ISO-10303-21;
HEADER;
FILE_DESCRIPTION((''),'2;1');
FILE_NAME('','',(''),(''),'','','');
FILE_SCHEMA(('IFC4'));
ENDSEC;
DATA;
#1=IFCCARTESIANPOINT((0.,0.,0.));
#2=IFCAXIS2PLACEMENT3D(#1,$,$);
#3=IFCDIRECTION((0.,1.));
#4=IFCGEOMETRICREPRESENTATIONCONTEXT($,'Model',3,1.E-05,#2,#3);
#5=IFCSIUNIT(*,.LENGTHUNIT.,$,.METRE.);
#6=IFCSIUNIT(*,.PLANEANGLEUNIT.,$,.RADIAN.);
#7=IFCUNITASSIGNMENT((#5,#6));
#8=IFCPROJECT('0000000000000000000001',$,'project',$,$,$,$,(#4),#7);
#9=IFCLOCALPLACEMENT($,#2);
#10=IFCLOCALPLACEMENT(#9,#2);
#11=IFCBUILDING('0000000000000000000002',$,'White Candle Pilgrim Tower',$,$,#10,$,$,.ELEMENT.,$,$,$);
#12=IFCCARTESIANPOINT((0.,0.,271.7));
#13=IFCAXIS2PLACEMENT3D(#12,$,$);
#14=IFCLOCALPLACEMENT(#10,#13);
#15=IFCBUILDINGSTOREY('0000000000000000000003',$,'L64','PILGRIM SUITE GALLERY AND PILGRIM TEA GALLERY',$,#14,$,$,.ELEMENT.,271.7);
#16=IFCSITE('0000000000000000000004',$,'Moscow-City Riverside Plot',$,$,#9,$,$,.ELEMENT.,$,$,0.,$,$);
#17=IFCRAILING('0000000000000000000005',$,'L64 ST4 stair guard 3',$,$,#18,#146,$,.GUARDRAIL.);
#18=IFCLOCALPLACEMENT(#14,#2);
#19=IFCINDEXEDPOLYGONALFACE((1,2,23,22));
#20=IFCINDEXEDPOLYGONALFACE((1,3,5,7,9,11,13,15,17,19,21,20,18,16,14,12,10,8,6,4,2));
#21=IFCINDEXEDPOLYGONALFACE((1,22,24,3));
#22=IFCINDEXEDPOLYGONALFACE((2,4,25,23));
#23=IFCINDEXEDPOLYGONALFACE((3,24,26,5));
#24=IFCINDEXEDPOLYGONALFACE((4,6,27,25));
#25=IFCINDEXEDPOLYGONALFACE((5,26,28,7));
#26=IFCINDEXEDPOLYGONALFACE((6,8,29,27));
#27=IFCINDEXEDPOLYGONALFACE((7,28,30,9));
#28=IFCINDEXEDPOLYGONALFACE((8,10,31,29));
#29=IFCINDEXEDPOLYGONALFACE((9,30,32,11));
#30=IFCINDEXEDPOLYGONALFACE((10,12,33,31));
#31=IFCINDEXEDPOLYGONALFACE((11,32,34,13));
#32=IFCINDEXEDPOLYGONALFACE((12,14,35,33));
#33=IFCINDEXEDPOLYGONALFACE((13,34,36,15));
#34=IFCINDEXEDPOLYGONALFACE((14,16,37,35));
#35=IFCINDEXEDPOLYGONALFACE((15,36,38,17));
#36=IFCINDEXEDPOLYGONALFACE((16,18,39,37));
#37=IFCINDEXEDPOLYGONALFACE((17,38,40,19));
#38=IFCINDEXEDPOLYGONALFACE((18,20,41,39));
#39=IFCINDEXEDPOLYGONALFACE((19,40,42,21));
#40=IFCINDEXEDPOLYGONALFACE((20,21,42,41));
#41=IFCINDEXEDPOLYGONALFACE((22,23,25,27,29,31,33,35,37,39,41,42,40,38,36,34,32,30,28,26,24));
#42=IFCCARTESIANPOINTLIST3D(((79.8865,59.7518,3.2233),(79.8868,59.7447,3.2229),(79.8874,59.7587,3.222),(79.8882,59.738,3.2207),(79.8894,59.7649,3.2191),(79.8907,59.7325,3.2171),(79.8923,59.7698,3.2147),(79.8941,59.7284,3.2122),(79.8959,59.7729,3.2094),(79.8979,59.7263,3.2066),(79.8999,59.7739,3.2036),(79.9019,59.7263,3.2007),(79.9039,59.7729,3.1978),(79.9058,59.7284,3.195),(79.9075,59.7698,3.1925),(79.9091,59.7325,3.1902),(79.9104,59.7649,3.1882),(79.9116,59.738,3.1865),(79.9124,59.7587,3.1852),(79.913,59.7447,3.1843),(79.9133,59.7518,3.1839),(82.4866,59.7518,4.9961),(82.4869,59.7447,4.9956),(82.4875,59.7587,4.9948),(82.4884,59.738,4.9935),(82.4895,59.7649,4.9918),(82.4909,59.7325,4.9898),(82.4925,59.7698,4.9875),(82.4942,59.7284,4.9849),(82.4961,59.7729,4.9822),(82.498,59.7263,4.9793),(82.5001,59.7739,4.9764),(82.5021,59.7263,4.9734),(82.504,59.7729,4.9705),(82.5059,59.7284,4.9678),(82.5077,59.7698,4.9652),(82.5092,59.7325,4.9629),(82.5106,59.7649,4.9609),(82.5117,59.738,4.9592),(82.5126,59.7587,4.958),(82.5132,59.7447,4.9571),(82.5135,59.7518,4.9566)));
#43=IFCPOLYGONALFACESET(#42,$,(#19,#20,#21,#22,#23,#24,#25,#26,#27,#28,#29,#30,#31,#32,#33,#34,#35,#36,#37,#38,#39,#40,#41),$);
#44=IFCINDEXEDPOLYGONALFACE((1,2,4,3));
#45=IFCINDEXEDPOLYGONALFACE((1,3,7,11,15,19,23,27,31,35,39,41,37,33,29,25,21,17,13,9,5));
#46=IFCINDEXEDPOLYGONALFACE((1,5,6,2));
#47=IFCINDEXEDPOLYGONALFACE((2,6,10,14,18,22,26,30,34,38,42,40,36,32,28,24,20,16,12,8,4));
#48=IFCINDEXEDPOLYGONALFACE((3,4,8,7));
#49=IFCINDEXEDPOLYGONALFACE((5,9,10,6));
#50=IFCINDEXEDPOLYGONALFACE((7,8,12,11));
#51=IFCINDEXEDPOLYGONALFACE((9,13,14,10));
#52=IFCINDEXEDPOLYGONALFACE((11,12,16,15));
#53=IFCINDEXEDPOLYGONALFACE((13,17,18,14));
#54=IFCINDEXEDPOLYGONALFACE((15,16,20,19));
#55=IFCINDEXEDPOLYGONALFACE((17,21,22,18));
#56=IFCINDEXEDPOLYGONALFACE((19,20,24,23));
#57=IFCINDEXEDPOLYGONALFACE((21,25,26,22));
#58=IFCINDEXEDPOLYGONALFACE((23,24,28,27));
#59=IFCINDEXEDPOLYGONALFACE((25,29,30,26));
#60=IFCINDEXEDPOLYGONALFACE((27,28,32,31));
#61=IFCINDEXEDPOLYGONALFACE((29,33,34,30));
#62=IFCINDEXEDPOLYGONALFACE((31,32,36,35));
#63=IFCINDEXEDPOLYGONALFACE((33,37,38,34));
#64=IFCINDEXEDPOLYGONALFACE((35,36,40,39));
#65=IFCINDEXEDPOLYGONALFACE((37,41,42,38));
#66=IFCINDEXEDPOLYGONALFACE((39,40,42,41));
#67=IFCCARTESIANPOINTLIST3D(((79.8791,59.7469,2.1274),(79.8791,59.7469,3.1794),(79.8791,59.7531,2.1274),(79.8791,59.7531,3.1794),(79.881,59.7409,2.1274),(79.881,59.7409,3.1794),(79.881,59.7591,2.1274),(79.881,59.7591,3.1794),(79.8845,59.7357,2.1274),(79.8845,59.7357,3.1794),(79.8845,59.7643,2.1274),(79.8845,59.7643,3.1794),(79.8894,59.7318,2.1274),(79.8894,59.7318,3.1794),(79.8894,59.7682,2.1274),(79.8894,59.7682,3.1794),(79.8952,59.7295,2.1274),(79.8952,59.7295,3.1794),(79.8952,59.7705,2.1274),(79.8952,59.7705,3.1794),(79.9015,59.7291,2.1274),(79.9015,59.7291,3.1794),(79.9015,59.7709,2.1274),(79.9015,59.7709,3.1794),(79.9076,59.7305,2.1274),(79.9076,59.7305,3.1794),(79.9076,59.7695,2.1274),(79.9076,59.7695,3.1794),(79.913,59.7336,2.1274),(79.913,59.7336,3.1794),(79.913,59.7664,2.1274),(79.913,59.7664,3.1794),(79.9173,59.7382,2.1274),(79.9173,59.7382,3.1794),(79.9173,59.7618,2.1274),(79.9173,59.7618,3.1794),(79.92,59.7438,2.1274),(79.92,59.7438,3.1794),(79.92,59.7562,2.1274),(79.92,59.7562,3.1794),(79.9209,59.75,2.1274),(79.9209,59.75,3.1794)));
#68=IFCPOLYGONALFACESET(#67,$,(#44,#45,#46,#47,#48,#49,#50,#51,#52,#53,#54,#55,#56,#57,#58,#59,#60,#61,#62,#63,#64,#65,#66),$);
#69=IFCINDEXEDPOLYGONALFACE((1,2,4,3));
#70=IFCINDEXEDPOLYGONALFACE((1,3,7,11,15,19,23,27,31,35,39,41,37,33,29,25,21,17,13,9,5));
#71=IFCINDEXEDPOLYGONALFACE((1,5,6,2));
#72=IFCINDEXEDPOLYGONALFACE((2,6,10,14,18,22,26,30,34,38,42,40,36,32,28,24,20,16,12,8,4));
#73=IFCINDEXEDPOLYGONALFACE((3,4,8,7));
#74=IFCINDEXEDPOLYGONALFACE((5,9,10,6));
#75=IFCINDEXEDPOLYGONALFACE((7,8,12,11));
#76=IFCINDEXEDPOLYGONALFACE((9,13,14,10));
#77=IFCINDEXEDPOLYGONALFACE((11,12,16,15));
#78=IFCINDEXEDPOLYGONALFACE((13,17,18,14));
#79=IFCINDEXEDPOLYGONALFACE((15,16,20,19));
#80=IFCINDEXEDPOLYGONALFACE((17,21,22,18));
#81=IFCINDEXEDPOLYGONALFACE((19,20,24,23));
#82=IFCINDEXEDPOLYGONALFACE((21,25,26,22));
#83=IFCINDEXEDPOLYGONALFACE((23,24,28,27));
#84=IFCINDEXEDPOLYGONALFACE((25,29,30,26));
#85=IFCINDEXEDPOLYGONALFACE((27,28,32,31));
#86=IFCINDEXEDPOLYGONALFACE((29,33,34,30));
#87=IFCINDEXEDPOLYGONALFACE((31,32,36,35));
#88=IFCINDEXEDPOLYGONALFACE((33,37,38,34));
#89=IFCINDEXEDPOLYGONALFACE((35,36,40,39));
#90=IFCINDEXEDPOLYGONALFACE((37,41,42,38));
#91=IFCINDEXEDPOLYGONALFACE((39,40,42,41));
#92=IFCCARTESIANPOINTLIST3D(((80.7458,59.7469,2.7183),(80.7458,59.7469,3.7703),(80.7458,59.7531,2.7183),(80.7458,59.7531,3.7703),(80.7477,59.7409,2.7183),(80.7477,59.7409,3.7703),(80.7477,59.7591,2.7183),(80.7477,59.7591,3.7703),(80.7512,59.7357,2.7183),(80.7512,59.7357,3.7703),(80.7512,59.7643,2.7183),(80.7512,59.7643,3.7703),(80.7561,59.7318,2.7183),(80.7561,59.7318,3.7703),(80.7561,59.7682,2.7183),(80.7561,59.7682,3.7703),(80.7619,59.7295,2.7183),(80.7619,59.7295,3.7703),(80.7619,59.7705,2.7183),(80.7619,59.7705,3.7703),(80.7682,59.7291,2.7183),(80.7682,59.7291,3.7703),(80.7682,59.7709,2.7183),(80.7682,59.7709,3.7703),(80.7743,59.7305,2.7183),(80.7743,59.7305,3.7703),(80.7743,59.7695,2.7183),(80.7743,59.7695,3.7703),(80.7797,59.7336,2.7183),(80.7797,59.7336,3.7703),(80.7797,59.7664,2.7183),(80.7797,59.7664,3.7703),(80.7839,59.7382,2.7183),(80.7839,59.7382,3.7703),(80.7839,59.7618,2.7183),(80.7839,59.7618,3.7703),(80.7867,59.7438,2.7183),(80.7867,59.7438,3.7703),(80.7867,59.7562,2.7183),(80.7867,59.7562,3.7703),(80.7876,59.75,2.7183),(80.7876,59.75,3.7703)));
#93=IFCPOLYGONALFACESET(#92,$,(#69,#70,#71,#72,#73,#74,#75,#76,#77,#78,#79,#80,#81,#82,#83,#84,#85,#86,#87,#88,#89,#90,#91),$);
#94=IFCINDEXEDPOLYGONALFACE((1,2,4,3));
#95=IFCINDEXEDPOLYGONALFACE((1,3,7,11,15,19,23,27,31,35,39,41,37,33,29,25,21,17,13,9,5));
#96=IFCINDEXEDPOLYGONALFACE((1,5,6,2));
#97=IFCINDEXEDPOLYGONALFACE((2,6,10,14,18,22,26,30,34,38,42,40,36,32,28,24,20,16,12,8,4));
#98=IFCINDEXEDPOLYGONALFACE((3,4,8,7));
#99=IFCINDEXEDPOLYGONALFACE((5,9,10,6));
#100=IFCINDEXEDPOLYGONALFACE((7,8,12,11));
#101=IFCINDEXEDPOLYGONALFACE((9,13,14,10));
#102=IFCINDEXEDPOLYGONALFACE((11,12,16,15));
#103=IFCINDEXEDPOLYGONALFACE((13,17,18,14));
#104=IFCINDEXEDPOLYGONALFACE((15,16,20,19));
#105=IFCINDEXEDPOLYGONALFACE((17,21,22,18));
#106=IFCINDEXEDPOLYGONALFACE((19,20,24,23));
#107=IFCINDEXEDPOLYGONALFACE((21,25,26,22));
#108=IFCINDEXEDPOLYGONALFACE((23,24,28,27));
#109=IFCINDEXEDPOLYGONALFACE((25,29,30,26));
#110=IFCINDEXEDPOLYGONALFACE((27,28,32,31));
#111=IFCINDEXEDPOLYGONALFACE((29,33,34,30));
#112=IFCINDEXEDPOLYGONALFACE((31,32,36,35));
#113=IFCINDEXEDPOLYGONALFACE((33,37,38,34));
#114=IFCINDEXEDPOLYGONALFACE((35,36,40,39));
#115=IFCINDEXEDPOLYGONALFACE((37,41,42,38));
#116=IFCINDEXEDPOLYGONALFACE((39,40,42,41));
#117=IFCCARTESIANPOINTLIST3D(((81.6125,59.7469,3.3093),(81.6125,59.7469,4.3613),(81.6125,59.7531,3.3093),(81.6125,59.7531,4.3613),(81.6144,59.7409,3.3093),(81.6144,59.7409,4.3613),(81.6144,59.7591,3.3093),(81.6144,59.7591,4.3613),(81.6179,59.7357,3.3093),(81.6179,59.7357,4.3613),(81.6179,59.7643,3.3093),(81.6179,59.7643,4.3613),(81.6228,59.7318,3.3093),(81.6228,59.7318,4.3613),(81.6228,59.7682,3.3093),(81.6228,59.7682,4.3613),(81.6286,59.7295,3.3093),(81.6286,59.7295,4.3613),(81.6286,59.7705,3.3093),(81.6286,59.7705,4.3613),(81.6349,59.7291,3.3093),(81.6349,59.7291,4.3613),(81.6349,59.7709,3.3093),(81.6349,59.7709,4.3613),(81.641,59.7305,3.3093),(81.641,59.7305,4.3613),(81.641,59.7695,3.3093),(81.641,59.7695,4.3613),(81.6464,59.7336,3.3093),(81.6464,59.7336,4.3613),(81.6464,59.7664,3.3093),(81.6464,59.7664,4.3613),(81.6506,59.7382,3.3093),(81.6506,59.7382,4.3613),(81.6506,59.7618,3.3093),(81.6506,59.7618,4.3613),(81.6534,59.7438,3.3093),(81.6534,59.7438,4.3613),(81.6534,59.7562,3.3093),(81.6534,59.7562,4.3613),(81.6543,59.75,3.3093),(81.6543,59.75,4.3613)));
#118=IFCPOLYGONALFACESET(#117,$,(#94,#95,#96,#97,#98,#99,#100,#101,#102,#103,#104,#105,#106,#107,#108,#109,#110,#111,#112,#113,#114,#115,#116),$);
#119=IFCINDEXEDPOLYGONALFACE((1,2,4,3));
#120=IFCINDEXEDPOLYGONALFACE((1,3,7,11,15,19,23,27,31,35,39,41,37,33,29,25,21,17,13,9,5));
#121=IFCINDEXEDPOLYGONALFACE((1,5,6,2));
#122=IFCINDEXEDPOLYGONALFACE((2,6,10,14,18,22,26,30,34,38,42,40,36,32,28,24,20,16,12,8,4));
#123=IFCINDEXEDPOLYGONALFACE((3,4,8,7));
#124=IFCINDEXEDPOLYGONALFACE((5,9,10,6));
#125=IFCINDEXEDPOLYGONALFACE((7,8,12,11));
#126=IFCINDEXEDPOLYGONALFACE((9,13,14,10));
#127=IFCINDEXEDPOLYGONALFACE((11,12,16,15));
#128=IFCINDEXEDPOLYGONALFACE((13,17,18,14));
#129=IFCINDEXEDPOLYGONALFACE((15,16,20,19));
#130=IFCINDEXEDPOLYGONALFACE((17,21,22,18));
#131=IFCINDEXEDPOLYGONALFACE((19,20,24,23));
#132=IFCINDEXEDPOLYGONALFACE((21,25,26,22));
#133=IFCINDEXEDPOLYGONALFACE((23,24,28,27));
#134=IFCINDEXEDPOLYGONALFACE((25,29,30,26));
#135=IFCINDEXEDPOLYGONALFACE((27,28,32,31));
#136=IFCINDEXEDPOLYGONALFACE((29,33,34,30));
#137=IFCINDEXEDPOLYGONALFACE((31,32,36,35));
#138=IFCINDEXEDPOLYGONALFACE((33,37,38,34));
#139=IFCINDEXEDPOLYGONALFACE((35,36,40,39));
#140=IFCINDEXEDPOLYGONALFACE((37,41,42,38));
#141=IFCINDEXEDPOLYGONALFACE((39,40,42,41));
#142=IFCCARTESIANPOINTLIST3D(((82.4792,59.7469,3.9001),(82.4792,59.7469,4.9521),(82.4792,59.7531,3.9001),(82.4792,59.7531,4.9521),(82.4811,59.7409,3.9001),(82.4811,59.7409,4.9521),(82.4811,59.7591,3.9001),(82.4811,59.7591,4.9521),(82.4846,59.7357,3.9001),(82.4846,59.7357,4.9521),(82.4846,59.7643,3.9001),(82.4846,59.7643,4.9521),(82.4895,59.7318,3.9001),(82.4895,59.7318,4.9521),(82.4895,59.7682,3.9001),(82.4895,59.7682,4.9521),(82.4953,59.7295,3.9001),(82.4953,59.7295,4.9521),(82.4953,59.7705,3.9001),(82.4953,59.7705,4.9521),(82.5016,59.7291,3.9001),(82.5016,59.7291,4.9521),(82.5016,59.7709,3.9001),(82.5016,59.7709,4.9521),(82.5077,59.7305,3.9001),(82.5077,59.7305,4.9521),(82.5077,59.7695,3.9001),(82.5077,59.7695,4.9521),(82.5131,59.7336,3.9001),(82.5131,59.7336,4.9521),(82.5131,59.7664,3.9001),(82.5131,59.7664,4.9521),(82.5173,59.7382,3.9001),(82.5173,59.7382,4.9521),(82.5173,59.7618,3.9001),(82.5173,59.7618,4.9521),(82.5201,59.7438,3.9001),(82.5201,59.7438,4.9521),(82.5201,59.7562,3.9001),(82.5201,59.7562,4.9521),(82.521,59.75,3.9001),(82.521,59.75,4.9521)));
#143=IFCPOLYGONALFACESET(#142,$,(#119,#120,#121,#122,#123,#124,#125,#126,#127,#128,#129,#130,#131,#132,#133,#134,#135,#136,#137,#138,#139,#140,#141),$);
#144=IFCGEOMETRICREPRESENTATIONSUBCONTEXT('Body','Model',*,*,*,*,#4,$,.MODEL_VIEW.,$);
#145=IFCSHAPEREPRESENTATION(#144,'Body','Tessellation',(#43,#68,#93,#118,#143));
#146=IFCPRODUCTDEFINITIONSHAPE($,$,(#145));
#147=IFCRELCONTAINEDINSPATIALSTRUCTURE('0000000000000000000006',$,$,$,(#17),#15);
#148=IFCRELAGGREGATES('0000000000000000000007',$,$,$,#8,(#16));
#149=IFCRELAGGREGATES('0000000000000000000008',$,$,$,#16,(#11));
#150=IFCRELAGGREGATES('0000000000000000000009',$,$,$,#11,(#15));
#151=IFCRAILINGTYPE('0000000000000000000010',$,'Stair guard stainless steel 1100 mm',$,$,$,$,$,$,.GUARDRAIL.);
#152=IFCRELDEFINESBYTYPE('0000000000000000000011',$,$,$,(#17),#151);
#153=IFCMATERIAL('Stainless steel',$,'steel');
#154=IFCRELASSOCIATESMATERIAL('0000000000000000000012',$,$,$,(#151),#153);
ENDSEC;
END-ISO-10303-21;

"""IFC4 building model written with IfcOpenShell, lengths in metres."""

from ifc_helpers import new_model, si_unit, direction, frame, origin, origin_2d, place, context, subcontext, project, spatial, circle, extrude, material, type_object, element, save


model = new_model("IFC4")

# Units and contexts
model_context = context("Model", 3, precision=1e-05, world=origin(), true_north=direction((0.0, 1.0)))
body_context = subcontext(model_context, "Body", "Model", "MODEL_VIEW")
ifc_project = project(units=[si_unit("LENGTHUNIT", "METRE"), si_unit("PLANEANGLEUNIT", "RADIAN")], contexts=[model_context])

# Site, building, storey
site_placement = place(None, origin())
site = spatial("IfcSite", under=ifc_project, at=site_placement, Name="Moscow-City Riverside Plot", CompositionType="ELEMENT", RefElevation=0.0)
building_placement = place(site_placement, origin())
building = spatial("IfcBuilding", under=site, at=building_placement, Name="White Candle Pilgrim Tower", CompositionType="ELEMENT")
storey_placement = place(building_placement, frame((0.0, 0.0, 271.7)))
storey = spatial("IfcBuildingStorey", under=building, at=storey_placement, Name="L64", Description="PILGRIM SUITE GALLERY AND PILGRIM TEA GALLERY", CompositionType="ELEMENT", Elevation=271.7)

# Railing
ifc_material_1 = material(Name="Stainless steel", Category="steel")
railing_type_1 = type_object("IfcRailingType", Name="Stair guard stainless steel 1100 mm", PredefinedType="GUARDRAIL", material=ifc_material_1)
railing_1_placement = place(storey_placement, frame((79.8999, 59.75, 2.1274)))
element("IfcRailing", 1, at=railing_1_placement, inside=storey, type_object=railing_type_1, Name="L64 ST4 stair guard 3", PredefinedType="GUARDRAIL", context=body_context, shape_type="SweptSolid", body=[
    extrude(circle(Radius=0.0239, at=origin_2d()), frame((0.0, 0.0, 1.0762), z_axis=(0.82624, 0.0, 0.563318), x_axis=(0.0, 1.0, 0.0)), (0.0, 0.0, 1.0), 3.147),
    extrude(circle(Radius=0.021, at=origin_2d()), origin(), (0.0, 0.0, 1.0), 1.052),
    extrude(circle(Radius=0.021, at=origin_2d()), frame((0.8667, 0.0, 0.5908)), (0.0, 0.0, 1.0), 1.052),
    extrude(circle(Radius=0.021, at=origin_2d()), frame((1.7334, 0.0, 1.1819)), (0.0, 0.0, 1.0), 1.052),
    extrude(circle(Radius=0.021, at=origin_2d()), frame((2.6001, 0.0, 1.7727)), (0.0, 0.0, 1.0), 1.052),
])

save(model, "model.ifc")
